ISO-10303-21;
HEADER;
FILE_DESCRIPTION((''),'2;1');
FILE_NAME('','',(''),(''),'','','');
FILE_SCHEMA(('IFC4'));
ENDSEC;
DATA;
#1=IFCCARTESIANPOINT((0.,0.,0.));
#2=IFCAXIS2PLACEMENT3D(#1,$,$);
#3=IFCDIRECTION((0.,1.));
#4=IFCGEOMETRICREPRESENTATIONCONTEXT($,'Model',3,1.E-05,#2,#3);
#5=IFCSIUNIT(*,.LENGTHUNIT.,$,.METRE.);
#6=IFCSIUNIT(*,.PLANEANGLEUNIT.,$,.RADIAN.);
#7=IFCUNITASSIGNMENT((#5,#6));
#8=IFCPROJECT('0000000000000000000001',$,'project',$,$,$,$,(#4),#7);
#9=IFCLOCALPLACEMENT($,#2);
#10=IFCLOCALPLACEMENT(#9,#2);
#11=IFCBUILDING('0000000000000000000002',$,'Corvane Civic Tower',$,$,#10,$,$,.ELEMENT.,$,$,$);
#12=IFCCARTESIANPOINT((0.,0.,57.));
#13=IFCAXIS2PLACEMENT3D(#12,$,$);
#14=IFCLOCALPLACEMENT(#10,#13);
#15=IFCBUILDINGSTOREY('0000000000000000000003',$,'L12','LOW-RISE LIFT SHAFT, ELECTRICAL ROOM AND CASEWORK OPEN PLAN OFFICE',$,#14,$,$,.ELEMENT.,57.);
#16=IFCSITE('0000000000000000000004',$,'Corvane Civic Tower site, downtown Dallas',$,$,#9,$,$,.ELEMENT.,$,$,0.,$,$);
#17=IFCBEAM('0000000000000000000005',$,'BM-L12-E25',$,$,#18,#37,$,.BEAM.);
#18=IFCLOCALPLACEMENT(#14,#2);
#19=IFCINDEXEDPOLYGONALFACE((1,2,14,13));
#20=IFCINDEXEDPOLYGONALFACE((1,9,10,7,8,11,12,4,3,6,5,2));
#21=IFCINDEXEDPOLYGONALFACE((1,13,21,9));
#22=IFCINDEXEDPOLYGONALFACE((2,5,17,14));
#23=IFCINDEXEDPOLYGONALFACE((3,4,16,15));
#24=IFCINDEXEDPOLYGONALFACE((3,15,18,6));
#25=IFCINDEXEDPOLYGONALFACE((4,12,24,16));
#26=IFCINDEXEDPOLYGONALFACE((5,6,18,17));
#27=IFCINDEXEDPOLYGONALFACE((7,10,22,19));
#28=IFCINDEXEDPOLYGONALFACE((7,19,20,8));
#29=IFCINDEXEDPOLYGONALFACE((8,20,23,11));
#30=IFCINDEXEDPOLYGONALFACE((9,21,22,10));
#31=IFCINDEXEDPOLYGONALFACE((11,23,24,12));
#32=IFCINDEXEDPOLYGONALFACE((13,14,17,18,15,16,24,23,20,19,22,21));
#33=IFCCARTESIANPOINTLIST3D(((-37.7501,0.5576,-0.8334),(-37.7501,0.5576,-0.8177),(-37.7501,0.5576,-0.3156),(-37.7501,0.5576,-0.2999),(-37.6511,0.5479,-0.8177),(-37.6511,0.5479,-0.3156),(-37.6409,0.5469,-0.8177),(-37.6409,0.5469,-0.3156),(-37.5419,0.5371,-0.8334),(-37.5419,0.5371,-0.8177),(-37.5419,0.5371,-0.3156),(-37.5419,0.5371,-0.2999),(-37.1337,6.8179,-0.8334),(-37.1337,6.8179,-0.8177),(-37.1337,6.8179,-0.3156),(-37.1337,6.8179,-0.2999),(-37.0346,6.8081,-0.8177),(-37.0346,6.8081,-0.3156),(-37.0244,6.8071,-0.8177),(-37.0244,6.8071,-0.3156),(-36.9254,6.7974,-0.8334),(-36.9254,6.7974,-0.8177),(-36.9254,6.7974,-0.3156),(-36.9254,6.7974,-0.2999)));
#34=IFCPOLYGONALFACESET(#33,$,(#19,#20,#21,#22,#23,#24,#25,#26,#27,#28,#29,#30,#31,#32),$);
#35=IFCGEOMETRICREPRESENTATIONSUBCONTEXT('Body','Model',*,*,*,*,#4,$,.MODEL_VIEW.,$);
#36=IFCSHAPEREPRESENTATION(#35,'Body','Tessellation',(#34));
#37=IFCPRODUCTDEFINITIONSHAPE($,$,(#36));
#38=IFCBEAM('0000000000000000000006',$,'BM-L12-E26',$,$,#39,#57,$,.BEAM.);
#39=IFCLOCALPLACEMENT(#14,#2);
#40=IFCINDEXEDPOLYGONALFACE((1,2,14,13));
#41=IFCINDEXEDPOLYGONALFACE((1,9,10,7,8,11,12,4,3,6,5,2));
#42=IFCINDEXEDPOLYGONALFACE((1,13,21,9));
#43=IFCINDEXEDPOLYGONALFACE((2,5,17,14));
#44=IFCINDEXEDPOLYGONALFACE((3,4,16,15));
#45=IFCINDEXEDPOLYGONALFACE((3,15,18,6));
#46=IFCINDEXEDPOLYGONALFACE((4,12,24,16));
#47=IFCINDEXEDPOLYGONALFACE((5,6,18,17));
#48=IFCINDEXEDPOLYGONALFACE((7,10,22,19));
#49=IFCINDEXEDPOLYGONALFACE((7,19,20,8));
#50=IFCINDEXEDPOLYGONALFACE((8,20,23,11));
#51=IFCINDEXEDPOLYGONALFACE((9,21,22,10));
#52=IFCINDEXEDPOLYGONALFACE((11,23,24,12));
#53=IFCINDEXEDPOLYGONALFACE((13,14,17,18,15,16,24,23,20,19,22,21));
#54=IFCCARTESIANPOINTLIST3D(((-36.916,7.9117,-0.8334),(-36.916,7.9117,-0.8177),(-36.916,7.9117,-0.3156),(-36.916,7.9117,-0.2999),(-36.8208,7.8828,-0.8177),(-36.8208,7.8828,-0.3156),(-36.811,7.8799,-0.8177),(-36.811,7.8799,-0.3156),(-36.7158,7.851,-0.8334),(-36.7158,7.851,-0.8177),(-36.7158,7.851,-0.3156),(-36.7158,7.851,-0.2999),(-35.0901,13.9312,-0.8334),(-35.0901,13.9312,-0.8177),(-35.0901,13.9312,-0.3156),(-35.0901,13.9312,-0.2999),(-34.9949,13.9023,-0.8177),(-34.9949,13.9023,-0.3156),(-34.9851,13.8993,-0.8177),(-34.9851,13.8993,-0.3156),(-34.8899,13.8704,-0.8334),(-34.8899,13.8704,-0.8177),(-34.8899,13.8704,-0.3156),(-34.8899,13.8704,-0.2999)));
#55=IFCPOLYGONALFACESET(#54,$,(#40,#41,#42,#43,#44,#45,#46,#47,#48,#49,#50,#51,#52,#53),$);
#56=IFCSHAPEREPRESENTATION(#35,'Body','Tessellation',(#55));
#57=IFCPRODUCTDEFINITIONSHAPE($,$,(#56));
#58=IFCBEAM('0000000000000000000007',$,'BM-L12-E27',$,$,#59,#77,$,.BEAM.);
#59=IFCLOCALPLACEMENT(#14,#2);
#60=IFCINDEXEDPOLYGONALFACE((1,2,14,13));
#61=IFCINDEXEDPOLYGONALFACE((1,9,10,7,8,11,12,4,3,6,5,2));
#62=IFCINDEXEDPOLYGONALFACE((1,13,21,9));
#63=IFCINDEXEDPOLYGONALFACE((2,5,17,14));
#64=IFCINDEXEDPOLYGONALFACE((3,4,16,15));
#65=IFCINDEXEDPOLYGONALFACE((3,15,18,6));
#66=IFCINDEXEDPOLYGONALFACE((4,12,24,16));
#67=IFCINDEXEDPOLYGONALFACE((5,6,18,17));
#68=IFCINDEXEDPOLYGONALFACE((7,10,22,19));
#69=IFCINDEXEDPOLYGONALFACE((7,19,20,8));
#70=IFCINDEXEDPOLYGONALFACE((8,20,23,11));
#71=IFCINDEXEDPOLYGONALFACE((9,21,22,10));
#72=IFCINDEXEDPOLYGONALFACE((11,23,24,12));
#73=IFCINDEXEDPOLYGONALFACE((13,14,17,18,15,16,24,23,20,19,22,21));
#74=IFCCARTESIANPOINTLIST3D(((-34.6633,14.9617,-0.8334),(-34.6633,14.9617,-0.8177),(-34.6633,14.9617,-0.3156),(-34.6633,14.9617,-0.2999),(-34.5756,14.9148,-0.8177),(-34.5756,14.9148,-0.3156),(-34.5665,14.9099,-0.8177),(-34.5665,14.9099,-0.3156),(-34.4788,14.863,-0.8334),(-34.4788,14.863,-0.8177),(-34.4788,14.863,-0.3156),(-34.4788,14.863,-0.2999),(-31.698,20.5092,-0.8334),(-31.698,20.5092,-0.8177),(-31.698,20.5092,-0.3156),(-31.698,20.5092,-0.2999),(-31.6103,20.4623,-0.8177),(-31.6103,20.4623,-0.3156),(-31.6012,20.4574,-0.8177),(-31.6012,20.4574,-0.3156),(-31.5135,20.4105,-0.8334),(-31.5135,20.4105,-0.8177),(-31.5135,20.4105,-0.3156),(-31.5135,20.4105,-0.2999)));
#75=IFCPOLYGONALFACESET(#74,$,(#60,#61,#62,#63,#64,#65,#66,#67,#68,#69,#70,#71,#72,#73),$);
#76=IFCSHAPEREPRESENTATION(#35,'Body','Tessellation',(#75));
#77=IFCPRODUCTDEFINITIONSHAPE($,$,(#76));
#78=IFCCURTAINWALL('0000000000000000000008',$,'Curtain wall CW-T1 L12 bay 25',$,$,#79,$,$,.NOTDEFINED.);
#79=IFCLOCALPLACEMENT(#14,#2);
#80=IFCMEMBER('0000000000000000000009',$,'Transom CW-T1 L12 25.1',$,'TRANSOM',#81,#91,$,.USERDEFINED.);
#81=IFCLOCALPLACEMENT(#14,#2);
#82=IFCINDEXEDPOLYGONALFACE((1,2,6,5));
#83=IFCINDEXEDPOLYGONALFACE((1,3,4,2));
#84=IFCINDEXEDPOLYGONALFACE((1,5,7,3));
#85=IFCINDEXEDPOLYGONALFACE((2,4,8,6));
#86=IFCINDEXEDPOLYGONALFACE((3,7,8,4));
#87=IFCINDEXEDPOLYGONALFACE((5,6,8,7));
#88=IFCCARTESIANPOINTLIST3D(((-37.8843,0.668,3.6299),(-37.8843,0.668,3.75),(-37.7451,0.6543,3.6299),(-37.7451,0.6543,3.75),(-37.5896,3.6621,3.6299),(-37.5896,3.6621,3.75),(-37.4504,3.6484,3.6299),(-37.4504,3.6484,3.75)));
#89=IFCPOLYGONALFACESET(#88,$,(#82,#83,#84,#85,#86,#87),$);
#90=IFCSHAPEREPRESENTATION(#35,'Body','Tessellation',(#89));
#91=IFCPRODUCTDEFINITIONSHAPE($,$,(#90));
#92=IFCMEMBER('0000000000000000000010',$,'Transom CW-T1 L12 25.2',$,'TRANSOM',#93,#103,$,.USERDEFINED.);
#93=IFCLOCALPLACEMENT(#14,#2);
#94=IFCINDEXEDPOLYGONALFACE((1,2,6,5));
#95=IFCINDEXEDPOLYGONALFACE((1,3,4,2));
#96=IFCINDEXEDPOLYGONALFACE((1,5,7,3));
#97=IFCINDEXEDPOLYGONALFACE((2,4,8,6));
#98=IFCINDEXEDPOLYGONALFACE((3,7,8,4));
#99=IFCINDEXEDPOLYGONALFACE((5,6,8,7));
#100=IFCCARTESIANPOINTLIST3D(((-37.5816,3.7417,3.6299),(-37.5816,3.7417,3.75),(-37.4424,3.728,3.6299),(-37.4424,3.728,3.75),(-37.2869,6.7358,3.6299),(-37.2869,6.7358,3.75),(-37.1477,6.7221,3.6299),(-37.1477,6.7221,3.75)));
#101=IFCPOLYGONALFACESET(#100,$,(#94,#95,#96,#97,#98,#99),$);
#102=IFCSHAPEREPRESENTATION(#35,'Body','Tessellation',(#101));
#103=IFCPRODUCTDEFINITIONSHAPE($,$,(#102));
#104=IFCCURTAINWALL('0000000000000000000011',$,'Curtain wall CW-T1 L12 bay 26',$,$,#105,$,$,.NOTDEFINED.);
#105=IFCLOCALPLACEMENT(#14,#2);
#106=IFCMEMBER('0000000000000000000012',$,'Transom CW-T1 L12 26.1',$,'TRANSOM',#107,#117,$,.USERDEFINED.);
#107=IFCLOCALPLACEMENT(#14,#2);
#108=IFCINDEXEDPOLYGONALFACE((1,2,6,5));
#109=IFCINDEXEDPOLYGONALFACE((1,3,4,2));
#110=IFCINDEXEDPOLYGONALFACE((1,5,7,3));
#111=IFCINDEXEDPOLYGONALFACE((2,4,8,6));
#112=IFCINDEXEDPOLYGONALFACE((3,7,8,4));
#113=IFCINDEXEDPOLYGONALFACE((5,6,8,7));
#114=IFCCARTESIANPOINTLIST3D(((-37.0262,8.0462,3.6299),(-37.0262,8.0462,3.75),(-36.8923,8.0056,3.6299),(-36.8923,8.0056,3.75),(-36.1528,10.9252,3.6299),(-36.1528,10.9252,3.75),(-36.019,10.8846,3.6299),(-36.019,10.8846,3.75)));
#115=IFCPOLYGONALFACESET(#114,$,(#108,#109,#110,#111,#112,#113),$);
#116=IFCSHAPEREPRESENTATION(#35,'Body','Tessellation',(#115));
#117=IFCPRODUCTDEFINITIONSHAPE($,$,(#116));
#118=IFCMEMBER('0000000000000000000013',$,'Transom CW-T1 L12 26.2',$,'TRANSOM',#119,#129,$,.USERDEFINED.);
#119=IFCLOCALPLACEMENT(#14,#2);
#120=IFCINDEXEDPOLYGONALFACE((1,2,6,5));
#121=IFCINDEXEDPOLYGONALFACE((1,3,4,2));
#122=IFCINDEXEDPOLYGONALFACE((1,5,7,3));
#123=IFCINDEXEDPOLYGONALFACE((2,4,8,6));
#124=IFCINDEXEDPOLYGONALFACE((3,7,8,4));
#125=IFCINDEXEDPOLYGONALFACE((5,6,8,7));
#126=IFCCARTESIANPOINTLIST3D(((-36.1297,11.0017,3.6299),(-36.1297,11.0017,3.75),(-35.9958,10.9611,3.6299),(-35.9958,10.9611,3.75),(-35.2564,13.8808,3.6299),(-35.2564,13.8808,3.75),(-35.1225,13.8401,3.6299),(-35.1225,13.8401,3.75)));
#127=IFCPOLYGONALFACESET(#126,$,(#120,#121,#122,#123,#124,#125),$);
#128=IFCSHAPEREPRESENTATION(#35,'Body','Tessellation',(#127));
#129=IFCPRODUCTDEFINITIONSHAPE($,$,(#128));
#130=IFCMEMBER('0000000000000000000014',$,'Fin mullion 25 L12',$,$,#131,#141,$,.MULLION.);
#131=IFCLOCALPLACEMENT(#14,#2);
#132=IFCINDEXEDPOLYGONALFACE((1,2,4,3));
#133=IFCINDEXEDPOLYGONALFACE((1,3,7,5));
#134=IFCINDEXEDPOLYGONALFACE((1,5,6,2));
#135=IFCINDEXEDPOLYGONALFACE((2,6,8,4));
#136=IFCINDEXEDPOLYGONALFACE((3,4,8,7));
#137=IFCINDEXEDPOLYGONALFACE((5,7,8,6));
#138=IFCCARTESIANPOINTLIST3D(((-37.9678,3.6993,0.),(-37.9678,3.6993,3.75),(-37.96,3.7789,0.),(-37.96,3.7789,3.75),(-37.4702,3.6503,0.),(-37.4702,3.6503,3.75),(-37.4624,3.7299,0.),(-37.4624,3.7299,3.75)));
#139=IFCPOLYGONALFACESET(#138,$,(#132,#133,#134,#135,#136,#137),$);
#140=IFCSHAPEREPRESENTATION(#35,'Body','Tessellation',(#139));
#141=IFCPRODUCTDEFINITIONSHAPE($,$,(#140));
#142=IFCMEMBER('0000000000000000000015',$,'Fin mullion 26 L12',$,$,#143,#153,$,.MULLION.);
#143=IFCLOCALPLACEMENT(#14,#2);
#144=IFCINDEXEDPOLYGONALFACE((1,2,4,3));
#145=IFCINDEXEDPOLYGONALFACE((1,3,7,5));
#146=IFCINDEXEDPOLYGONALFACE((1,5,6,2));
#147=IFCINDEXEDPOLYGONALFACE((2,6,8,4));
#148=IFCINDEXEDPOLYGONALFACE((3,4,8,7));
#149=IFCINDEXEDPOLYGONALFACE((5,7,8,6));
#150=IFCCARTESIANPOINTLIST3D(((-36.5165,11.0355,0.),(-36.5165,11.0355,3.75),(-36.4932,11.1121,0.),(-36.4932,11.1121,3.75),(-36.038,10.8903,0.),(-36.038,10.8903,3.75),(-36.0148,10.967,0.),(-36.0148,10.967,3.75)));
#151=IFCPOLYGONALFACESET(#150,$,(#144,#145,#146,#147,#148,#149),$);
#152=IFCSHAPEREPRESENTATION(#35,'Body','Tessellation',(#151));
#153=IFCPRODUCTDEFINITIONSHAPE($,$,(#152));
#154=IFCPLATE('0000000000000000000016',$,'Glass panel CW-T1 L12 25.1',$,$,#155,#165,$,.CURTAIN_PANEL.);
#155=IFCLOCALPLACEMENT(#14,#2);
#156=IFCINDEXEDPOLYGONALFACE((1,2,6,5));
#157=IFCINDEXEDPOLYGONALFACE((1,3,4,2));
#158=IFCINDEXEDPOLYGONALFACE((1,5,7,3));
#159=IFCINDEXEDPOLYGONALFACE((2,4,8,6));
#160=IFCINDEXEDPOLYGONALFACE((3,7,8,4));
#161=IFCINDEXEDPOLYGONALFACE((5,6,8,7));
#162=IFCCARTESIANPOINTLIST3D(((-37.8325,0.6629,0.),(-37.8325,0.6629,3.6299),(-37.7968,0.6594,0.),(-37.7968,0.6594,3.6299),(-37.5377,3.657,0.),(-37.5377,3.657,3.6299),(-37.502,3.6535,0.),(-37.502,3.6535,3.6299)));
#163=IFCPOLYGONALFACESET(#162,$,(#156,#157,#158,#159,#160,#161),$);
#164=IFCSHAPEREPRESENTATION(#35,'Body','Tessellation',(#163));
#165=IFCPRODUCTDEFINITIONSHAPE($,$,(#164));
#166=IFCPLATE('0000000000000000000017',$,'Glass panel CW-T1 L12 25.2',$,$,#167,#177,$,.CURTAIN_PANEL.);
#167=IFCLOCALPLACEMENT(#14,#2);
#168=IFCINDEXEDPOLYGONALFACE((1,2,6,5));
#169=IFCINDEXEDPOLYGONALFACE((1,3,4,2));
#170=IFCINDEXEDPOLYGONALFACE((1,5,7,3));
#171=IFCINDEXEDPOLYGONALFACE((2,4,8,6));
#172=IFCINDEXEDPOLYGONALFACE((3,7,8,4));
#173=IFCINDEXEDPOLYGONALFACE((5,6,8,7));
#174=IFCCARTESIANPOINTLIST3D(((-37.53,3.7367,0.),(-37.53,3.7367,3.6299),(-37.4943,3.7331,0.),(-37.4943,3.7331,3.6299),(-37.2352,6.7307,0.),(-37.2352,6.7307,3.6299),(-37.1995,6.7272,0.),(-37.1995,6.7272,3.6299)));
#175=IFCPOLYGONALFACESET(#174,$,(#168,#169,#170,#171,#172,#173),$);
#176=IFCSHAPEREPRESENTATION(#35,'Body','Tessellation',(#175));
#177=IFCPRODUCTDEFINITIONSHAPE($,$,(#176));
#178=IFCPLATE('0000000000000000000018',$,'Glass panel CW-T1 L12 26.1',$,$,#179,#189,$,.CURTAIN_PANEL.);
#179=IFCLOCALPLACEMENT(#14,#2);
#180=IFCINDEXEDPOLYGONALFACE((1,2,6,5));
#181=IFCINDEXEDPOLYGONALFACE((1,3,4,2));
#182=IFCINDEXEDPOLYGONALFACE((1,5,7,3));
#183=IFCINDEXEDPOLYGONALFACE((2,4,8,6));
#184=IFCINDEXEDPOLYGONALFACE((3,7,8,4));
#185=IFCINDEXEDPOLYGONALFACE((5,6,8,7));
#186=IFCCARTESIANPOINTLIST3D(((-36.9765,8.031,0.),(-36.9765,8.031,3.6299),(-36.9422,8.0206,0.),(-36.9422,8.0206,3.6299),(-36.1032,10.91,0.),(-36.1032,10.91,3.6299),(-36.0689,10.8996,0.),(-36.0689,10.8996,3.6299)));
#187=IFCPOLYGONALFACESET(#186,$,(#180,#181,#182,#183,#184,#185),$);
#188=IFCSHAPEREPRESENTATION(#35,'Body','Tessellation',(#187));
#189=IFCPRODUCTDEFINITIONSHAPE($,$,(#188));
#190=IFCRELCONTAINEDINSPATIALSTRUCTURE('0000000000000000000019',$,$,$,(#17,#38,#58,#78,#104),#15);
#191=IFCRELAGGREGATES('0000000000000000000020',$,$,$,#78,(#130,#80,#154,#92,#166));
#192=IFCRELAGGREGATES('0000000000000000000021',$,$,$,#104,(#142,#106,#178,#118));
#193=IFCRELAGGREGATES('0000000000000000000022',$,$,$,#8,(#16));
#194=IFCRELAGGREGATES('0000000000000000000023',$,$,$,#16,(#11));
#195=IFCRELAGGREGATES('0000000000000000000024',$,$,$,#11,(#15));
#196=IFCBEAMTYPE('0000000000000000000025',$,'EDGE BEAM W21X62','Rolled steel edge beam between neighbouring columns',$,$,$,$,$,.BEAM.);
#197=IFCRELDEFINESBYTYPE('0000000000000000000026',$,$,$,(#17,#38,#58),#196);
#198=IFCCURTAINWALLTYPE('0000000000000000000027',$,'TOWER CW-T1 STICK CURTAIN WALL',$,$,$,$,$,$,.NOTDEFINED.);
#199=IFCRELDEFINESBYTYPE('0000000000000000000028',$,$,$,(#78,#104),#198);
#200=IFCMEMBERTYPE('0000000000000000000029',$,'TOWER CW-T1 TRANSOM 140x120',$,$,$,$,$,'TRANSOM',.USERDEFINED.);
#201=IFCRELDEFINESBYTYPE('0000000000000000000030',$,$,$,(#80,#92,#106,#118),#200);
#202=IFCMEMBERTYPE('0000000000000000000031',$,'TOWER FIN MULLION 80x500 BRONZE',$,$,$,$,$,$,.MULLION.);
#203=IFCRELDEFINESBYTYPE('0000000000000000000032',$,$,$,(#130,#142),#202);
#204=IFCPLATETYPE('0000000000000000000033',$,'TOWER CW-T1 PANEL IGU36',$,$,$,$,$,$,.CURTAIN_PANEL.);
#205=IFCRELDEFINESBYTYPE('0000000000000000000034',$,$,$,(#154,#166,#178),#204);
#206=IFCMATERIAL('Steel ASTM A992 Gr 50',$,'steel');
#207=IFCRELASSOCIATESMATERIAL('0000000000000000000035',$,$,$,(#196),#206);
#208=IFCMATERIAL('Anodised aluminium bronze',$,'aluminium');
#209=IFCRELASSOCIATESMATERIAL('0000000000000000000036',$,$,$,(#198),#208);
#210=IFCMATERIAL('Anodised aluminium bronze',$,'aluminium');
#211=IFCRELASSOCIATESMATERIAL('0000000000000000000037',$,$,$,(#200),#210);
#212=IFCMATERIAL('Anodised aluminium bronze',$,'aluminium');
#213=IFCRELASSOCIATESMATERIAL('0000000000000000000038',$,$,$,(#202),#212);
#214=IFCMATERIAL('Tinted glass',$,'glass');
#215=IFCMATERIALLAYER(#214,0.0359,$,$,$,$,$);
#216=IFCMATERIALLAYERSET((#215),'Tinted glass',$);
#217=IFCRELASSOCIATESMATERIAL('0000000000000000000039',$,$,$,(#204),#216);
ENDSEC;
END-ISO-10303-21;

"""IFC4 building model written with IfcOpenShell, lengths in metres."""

from ifc_helpers import new_model, si_unit, direction, frame, origin, origin_2d, place, context, subcontext, project, spatial, rectangle, i_section, extrude, material, layer, layer_set, material_profile, profile_set, type_object, element, aggregate, save


model = new_model("IFC4")

# Units and contexts
model_context = context("Model", 3, precision=1e-05, world=origin(), true_north=direction((0.0, 1.0)))
body_context = subcontext(model_context, "Body", "Model", "MODEL_VIEW")
ifc_project = project(units=[si_unit("LENGTHUNIT", "METRE"), si_unit("PLANEANGLEUNIT", "RADIAN")], contexts=[model_context])

# Site, building, storey
site_placement = place(None, origin())
site = spatial("IfcSite", under=ifc_project, at=site_placement, Name="Corvane Civic Tower site, downtown Dallas", CompositionType="ELEMENT", RefElevation=0.0)
building_placement = place(site_placement, origin())
building = spatial("IfcBuilding", under=site, at=building_placement, Name="Corvane Civic Tower", CompositionType="ELEMENT")
storey_placement = place(building_placement, frame((0.0, 0.0, 57.0)))
storey = spatial("IfcBuildingStorey", under=building, at=storey_placement, Name="L12", Description="LOW-RISE LIFT SHAFT, ELECTRICAL ROOM AND CASEWORK OPEN PLAN OFFICE", CompositionType="ELEMENT", Elevation=57.0)

# Beams
ifc_material_1 = material(Name="Steel ASTM A992 Gr 50", Category="steel")
ifc_material_profile_1 = material_profile(ifc_material_1, i_section(OverallWidth=0.2092, OverallDepth=0.5334, WebThickness=0.0103, FlangeThickness=0.0156, at=origin_2d()), Name="W21X62")
ifc_profile_set_1 = profile_set([ifc_material_profile_1], Name="Steel ASTM A992 Gr 50")
beam_type = type_object("IfcBeamType", Name="EDGE BEAM W21X62", Description="Rolled steel edge beam between neighbouring columns", PredefinedType="BEAM", material=ifc_profile_set_1)
beam_placement = place(storey_placement, frame((-37.646, 0.5474, -0.5667), z_axis=(0.097997, 0.995187, 0.0), x_axis=(-0.995187, 0.097997, 0.0)))
element("IfcBeam", 1, at=beam_placement, inside=storey, type_object=beam_type, Name="BM-L12-E25", PredefinedType="BEAM", context=body_context, shape_type="SweptSolid", body=[
    extrude(i_section(OverallWidth=0.2092, OverallDepth=0.5334, WebThickness=0.0103, FlangeThickness=0.0156, at=origin_2d()), origin(), (0.0, 0.0, 1.0), 6.2905),
])
for number, where, z_axis, x_axis, name in (
    (2, (-36.8159, 7.8813, -0.5667), (0.290273, 0.956944, 0.0), (-0.956944, 0.290273, 0.0), "BM-L12-E26"),
    (3, (-34.571, 14.9124, -0.5667), (0.471406, 0.881916, 0.0), (-0.881916, 0.471406, 0.0), "BM-L12-E27"),
):
    element("IfcBeam", number, at=place(storey_placement, frame(where, z_axis=z_axis, x_axis=x_axis)), inside=storey, type_object=beam_type, Name=name, PredefinedType="BEAM", context=body_context, shape_type="SweptSolid", body=[
        extrude(i_section(OverallWidth=0.2092, OverallDepth=0.5334, WebThickness=0.0103, FlangeThickness=0.0156, at=origin_2d()), origin(), (0.0, 0.0, 1.0), 6.2903),
    ])

# Curtain walls, members
ifc_material_2 = material(Name="Anodised aluminium bronze", Category="aluminium")
curtain_wall_type = type_object("IfcCurtainWallType", Name="TOWER CW-T1 STICK CURTAIN WALL", PredefinedType="NOTDEFINED", material=ifc_material_2)
curtain_wall_1_placement = place(storey_placement, origin())
curtain_wall_1 = element("IfcCurtainWall", 4, at=curtain_wall_1_placement, inside=storey, type_object=curtain_wall_type, Name="Curtain wall CW-T1 L12 bay 25", PredefinedType="NOTDEFINED")
ifc_material_3 = material(Name="Anodised aluminium bronze", Category="aluminium")
ifc_material_profile_2 = material_profile(ifc_material_3, rectangle(XDim=0.1399, YDim=0.1201, at=origin_2d()), Name="TOWER CW-T1 TRANSOM 140x120")
ifc_profile_set_2 = profile_set([ifc_material_profile_2], Name="Anodised aluminium bronze")
member_type_1 = type_object("IfcMemberType", Name="TOWER CW-T1 TRANSOM 140x120", ElementType="TRANSOM", PredefinedType="USERDEFINED", material=ifc_profile_set_2)
member_1_placement = place(storey_placement, frame((-37.8147, 0.6611, 3.6899), z_axis=(0.097945, 0.995192, 0.0), x_axis=(-0.995192, 0.097945, 0.0)))
member_1 = element("IfcMember", 5, at=member_1_placement, type_object=member_type_1, Name="Transom CW-T1 L12 25.1", ObjectType="TRANSOM", PredefinedType="USERDEFINED", context=body_context, shape_type="SweptSolid", body=[
    extrude(rectangle(XDim=0.1399, YDim=0.1201, at=origin_2d()), origin(), (0.0, 0.0, 1.0), 3.0085),
])
member_2_placement = place(storey_placement, frame((-37.512, 3.7349, 3.6899), z_axis=(0.097945, 0.995192, 0.0), x_axis=(-0.995192, 0.097945, 0.0)))
member_2 = element("IfcMember", 6, at=member_2_placement, type_object=member_type_1, Name="Transom CW-T1 L12 25.2", ObjectType="TRANSOM", PredefinedType="USERDEFINED", context=body_context, shape_type="SweptSolid", body=[
    extrude(rectangle(XDim=0.1399, YDim=0.1201, at=origin_2d()), origin(), (0.0, 0.0, 1.0), 3.0085),
])
curtain_wall_2_placement = place(storey_placement, origin())
curtain_wall_2 = element("IfcCurtainWall", 7, at=curtain_wall_2_placement, inside=storey, type_object=curtain_wall_type, Name="Curtain wall CW-T1 L12 bay 26", PredefinedType="NOTDEFINED")
member_3_placement = place(storey_placement, frame((-36.9592, 8.0259, 3.6899), z_axis=(0.29028, 0.956942, 0.0), x_axis=(-0.956942, 0.29028, 0.0)))
member_3 = element("IfcMember", 8, at=member_3_placement, type_object=member_type_1, Name="Transom CW-T1 L12 26.1", ObjectType="TRANSOM", PredefinedType="USERDEFINED", context=body_context, shape_type="SweptSolid", body=[
    extrude(rectangle(XDim=0.1399, YDim=0.1201, at=origin_2d()), origin(), (0.0, 0.0, 1.0), 3.0085),
])
member_4_placement = place(storey_placement, frame((-36.0627, 10.9814, 3.6899), z_axis=(0.29028, 0.956942, 0.0), x_axis=(-0.956942, 0.29028, 0.0)))
member_4 = element("IfcMember", 9, at=member_4_placement, type_object=member_type_1, Name="Transom CW-T1 L12 26.2", ObjectType="TRANSOM", PredefinedType="USERDEFINED", context=body_context, shape_type="SweptSolid", body=[
    extrude(rectangle(XDim=0.1399, YDim=0.1201, at=origin_2d()), origin(), (0.0, 0.0, 1.0), 3.0085),
])

# Members
ifc_material_4 = material(Name="Anodised aluminium bronze", Category="aluminium")
ifc_material_profile_3 = material_profile(ifc_material_4, rectangle(XDim=0.0801, YDim=0.5, at=origin_2d()), Name="TOWER FIN MULLION 80x500 BRONZE")
ifc_profile_set_3 = profile_set([ifc_material_profile_3], Name="Anodised aluminium bronze")
member_type_2 = type_object("IfcMemberType", Name="TOWER FIN MULLION 80x500 BRONZE", PredefinedType="MULLION", material=ifc_profile_set_3)
member_5_placement = place(storey_placement, frame((-37.7151, 3.7146, 0.0), z_axis=(0.0, 0.0, 1.0), x_axis=(0.098006, 0.995186, 0.0)))
member_5 = element("IfcMember", 10, at=member_5_placement, type_object=member_type_2, Name="Fin mullion 25 L12", PredefinedType="MULLION", context=body_context, shape_type="SweptSolid", body=[
    extrude(rectangle(XDim=0.0801, YDim=0.5, at=origin_2d()), origin(), (0.0, 0.0, 1.0), 3.75),
])
member_6_placement = place(storey_placement, frame((-36.2656, 11.0012, 0.0), z_axis=(0.0, 0.0, 1.0), x_axis=(0.290278, 0.956942, 0.0)))
member_6 = element("IfcMember", 11, at=member_6_placement, type_object=member_type_2, Name="Fin mullion 26 L12", PredefinedType="MULLION", context=body_context, shape_type="SweptSolid", body=[
    extrude(rectangle(XDim=0.0801, YDim=0.5, at=origin_2d()), origin(), (0.0, 0.0, 1.0), 3.75),
])

# Plates
ifc_material_5 = material(Name="Tinted glass", Category="glass")
ifc_layer_1 = layer(ifc_material_5, 0.0359)
ifc_layer_set_1 = layer_set([ifc_layer_1], Name="Tinted glass")
plate_type = type_object("IfcPlateType", Name="TOWER CW-T1 PANEL IGU36", PredefinedType="CURTAIN_PANEL", material=ifc_layer_set_1)
plate_1_placement = place(storey_placement, frame((-37.6672, 2.1582, 0.0), z_axis=(0.0, 0.0, 1.0), x_axis=(0.098006, 0.995186, 0.0)))
plate_1 = element("IfcPlate", 12, at=plate_1_placement, type_object=plate_type, Name="Glass panel CW-T1 L12 25.1", PredefinedType="CURTAIN_PANEL", context=body_context, shape_type="SweptSolid", body=[
    extrude(rectangle(XDim=3.0085, YDim=0.0359, at=origin_2d()), origin(), (0.0, 0.0, 1.0), 3.6299),
])
plate_2_placement = place(storey_placement, frame((-37.3647, 5.2319, 0.0), z_axis=(0.0, 0.0, 1.0), x_axis=(0.098006, 0.995186, 0.0)))
plate_2 = element("IfcPlate", 13, at=plate_2_placement, type_object=plate_type, Name="Glass panel CW-T1 L12 25.2", PredefinedType="CURTAIN_PANEL", context=body_context, shape_type="SweptSolid", body=[
    extrude(rectangle(XDim=3.0085, YDim=0.0359, at=origin_2d()), origin(), (0.0, 0.0, 1.0), 3.6299),
])
aggregate(curtain_wall_1, [member_5, member_1, plate_1, member_2, plate_2])
plate_3_placement = place(storey_placement, frame((-36.5227, 9.4653, 0.0), z_axis=(0.0, 0.0, 1.0), x_axis=(0.290278, 0.956942, 0.0)))
plate_3 = element("IfcPlate", 14, at=plate_3_placement, type_object=plate_type, Name="Glass panel CW-T1 L12 26.1", PredefinedType="CURTAIN_PANEL", context=body_context, shape_type="SweptSolid", body=[
    extrude(rectangle(XDim=3.0085, YDim=0.0359, at=origin_2d()), origin(), (0.0, 0.0, 1.0), 3.6299),
])
aggregate(curtain_wall_2, [member_6, member_3, plate_3, member_4])

save(model, "model.ifc")
